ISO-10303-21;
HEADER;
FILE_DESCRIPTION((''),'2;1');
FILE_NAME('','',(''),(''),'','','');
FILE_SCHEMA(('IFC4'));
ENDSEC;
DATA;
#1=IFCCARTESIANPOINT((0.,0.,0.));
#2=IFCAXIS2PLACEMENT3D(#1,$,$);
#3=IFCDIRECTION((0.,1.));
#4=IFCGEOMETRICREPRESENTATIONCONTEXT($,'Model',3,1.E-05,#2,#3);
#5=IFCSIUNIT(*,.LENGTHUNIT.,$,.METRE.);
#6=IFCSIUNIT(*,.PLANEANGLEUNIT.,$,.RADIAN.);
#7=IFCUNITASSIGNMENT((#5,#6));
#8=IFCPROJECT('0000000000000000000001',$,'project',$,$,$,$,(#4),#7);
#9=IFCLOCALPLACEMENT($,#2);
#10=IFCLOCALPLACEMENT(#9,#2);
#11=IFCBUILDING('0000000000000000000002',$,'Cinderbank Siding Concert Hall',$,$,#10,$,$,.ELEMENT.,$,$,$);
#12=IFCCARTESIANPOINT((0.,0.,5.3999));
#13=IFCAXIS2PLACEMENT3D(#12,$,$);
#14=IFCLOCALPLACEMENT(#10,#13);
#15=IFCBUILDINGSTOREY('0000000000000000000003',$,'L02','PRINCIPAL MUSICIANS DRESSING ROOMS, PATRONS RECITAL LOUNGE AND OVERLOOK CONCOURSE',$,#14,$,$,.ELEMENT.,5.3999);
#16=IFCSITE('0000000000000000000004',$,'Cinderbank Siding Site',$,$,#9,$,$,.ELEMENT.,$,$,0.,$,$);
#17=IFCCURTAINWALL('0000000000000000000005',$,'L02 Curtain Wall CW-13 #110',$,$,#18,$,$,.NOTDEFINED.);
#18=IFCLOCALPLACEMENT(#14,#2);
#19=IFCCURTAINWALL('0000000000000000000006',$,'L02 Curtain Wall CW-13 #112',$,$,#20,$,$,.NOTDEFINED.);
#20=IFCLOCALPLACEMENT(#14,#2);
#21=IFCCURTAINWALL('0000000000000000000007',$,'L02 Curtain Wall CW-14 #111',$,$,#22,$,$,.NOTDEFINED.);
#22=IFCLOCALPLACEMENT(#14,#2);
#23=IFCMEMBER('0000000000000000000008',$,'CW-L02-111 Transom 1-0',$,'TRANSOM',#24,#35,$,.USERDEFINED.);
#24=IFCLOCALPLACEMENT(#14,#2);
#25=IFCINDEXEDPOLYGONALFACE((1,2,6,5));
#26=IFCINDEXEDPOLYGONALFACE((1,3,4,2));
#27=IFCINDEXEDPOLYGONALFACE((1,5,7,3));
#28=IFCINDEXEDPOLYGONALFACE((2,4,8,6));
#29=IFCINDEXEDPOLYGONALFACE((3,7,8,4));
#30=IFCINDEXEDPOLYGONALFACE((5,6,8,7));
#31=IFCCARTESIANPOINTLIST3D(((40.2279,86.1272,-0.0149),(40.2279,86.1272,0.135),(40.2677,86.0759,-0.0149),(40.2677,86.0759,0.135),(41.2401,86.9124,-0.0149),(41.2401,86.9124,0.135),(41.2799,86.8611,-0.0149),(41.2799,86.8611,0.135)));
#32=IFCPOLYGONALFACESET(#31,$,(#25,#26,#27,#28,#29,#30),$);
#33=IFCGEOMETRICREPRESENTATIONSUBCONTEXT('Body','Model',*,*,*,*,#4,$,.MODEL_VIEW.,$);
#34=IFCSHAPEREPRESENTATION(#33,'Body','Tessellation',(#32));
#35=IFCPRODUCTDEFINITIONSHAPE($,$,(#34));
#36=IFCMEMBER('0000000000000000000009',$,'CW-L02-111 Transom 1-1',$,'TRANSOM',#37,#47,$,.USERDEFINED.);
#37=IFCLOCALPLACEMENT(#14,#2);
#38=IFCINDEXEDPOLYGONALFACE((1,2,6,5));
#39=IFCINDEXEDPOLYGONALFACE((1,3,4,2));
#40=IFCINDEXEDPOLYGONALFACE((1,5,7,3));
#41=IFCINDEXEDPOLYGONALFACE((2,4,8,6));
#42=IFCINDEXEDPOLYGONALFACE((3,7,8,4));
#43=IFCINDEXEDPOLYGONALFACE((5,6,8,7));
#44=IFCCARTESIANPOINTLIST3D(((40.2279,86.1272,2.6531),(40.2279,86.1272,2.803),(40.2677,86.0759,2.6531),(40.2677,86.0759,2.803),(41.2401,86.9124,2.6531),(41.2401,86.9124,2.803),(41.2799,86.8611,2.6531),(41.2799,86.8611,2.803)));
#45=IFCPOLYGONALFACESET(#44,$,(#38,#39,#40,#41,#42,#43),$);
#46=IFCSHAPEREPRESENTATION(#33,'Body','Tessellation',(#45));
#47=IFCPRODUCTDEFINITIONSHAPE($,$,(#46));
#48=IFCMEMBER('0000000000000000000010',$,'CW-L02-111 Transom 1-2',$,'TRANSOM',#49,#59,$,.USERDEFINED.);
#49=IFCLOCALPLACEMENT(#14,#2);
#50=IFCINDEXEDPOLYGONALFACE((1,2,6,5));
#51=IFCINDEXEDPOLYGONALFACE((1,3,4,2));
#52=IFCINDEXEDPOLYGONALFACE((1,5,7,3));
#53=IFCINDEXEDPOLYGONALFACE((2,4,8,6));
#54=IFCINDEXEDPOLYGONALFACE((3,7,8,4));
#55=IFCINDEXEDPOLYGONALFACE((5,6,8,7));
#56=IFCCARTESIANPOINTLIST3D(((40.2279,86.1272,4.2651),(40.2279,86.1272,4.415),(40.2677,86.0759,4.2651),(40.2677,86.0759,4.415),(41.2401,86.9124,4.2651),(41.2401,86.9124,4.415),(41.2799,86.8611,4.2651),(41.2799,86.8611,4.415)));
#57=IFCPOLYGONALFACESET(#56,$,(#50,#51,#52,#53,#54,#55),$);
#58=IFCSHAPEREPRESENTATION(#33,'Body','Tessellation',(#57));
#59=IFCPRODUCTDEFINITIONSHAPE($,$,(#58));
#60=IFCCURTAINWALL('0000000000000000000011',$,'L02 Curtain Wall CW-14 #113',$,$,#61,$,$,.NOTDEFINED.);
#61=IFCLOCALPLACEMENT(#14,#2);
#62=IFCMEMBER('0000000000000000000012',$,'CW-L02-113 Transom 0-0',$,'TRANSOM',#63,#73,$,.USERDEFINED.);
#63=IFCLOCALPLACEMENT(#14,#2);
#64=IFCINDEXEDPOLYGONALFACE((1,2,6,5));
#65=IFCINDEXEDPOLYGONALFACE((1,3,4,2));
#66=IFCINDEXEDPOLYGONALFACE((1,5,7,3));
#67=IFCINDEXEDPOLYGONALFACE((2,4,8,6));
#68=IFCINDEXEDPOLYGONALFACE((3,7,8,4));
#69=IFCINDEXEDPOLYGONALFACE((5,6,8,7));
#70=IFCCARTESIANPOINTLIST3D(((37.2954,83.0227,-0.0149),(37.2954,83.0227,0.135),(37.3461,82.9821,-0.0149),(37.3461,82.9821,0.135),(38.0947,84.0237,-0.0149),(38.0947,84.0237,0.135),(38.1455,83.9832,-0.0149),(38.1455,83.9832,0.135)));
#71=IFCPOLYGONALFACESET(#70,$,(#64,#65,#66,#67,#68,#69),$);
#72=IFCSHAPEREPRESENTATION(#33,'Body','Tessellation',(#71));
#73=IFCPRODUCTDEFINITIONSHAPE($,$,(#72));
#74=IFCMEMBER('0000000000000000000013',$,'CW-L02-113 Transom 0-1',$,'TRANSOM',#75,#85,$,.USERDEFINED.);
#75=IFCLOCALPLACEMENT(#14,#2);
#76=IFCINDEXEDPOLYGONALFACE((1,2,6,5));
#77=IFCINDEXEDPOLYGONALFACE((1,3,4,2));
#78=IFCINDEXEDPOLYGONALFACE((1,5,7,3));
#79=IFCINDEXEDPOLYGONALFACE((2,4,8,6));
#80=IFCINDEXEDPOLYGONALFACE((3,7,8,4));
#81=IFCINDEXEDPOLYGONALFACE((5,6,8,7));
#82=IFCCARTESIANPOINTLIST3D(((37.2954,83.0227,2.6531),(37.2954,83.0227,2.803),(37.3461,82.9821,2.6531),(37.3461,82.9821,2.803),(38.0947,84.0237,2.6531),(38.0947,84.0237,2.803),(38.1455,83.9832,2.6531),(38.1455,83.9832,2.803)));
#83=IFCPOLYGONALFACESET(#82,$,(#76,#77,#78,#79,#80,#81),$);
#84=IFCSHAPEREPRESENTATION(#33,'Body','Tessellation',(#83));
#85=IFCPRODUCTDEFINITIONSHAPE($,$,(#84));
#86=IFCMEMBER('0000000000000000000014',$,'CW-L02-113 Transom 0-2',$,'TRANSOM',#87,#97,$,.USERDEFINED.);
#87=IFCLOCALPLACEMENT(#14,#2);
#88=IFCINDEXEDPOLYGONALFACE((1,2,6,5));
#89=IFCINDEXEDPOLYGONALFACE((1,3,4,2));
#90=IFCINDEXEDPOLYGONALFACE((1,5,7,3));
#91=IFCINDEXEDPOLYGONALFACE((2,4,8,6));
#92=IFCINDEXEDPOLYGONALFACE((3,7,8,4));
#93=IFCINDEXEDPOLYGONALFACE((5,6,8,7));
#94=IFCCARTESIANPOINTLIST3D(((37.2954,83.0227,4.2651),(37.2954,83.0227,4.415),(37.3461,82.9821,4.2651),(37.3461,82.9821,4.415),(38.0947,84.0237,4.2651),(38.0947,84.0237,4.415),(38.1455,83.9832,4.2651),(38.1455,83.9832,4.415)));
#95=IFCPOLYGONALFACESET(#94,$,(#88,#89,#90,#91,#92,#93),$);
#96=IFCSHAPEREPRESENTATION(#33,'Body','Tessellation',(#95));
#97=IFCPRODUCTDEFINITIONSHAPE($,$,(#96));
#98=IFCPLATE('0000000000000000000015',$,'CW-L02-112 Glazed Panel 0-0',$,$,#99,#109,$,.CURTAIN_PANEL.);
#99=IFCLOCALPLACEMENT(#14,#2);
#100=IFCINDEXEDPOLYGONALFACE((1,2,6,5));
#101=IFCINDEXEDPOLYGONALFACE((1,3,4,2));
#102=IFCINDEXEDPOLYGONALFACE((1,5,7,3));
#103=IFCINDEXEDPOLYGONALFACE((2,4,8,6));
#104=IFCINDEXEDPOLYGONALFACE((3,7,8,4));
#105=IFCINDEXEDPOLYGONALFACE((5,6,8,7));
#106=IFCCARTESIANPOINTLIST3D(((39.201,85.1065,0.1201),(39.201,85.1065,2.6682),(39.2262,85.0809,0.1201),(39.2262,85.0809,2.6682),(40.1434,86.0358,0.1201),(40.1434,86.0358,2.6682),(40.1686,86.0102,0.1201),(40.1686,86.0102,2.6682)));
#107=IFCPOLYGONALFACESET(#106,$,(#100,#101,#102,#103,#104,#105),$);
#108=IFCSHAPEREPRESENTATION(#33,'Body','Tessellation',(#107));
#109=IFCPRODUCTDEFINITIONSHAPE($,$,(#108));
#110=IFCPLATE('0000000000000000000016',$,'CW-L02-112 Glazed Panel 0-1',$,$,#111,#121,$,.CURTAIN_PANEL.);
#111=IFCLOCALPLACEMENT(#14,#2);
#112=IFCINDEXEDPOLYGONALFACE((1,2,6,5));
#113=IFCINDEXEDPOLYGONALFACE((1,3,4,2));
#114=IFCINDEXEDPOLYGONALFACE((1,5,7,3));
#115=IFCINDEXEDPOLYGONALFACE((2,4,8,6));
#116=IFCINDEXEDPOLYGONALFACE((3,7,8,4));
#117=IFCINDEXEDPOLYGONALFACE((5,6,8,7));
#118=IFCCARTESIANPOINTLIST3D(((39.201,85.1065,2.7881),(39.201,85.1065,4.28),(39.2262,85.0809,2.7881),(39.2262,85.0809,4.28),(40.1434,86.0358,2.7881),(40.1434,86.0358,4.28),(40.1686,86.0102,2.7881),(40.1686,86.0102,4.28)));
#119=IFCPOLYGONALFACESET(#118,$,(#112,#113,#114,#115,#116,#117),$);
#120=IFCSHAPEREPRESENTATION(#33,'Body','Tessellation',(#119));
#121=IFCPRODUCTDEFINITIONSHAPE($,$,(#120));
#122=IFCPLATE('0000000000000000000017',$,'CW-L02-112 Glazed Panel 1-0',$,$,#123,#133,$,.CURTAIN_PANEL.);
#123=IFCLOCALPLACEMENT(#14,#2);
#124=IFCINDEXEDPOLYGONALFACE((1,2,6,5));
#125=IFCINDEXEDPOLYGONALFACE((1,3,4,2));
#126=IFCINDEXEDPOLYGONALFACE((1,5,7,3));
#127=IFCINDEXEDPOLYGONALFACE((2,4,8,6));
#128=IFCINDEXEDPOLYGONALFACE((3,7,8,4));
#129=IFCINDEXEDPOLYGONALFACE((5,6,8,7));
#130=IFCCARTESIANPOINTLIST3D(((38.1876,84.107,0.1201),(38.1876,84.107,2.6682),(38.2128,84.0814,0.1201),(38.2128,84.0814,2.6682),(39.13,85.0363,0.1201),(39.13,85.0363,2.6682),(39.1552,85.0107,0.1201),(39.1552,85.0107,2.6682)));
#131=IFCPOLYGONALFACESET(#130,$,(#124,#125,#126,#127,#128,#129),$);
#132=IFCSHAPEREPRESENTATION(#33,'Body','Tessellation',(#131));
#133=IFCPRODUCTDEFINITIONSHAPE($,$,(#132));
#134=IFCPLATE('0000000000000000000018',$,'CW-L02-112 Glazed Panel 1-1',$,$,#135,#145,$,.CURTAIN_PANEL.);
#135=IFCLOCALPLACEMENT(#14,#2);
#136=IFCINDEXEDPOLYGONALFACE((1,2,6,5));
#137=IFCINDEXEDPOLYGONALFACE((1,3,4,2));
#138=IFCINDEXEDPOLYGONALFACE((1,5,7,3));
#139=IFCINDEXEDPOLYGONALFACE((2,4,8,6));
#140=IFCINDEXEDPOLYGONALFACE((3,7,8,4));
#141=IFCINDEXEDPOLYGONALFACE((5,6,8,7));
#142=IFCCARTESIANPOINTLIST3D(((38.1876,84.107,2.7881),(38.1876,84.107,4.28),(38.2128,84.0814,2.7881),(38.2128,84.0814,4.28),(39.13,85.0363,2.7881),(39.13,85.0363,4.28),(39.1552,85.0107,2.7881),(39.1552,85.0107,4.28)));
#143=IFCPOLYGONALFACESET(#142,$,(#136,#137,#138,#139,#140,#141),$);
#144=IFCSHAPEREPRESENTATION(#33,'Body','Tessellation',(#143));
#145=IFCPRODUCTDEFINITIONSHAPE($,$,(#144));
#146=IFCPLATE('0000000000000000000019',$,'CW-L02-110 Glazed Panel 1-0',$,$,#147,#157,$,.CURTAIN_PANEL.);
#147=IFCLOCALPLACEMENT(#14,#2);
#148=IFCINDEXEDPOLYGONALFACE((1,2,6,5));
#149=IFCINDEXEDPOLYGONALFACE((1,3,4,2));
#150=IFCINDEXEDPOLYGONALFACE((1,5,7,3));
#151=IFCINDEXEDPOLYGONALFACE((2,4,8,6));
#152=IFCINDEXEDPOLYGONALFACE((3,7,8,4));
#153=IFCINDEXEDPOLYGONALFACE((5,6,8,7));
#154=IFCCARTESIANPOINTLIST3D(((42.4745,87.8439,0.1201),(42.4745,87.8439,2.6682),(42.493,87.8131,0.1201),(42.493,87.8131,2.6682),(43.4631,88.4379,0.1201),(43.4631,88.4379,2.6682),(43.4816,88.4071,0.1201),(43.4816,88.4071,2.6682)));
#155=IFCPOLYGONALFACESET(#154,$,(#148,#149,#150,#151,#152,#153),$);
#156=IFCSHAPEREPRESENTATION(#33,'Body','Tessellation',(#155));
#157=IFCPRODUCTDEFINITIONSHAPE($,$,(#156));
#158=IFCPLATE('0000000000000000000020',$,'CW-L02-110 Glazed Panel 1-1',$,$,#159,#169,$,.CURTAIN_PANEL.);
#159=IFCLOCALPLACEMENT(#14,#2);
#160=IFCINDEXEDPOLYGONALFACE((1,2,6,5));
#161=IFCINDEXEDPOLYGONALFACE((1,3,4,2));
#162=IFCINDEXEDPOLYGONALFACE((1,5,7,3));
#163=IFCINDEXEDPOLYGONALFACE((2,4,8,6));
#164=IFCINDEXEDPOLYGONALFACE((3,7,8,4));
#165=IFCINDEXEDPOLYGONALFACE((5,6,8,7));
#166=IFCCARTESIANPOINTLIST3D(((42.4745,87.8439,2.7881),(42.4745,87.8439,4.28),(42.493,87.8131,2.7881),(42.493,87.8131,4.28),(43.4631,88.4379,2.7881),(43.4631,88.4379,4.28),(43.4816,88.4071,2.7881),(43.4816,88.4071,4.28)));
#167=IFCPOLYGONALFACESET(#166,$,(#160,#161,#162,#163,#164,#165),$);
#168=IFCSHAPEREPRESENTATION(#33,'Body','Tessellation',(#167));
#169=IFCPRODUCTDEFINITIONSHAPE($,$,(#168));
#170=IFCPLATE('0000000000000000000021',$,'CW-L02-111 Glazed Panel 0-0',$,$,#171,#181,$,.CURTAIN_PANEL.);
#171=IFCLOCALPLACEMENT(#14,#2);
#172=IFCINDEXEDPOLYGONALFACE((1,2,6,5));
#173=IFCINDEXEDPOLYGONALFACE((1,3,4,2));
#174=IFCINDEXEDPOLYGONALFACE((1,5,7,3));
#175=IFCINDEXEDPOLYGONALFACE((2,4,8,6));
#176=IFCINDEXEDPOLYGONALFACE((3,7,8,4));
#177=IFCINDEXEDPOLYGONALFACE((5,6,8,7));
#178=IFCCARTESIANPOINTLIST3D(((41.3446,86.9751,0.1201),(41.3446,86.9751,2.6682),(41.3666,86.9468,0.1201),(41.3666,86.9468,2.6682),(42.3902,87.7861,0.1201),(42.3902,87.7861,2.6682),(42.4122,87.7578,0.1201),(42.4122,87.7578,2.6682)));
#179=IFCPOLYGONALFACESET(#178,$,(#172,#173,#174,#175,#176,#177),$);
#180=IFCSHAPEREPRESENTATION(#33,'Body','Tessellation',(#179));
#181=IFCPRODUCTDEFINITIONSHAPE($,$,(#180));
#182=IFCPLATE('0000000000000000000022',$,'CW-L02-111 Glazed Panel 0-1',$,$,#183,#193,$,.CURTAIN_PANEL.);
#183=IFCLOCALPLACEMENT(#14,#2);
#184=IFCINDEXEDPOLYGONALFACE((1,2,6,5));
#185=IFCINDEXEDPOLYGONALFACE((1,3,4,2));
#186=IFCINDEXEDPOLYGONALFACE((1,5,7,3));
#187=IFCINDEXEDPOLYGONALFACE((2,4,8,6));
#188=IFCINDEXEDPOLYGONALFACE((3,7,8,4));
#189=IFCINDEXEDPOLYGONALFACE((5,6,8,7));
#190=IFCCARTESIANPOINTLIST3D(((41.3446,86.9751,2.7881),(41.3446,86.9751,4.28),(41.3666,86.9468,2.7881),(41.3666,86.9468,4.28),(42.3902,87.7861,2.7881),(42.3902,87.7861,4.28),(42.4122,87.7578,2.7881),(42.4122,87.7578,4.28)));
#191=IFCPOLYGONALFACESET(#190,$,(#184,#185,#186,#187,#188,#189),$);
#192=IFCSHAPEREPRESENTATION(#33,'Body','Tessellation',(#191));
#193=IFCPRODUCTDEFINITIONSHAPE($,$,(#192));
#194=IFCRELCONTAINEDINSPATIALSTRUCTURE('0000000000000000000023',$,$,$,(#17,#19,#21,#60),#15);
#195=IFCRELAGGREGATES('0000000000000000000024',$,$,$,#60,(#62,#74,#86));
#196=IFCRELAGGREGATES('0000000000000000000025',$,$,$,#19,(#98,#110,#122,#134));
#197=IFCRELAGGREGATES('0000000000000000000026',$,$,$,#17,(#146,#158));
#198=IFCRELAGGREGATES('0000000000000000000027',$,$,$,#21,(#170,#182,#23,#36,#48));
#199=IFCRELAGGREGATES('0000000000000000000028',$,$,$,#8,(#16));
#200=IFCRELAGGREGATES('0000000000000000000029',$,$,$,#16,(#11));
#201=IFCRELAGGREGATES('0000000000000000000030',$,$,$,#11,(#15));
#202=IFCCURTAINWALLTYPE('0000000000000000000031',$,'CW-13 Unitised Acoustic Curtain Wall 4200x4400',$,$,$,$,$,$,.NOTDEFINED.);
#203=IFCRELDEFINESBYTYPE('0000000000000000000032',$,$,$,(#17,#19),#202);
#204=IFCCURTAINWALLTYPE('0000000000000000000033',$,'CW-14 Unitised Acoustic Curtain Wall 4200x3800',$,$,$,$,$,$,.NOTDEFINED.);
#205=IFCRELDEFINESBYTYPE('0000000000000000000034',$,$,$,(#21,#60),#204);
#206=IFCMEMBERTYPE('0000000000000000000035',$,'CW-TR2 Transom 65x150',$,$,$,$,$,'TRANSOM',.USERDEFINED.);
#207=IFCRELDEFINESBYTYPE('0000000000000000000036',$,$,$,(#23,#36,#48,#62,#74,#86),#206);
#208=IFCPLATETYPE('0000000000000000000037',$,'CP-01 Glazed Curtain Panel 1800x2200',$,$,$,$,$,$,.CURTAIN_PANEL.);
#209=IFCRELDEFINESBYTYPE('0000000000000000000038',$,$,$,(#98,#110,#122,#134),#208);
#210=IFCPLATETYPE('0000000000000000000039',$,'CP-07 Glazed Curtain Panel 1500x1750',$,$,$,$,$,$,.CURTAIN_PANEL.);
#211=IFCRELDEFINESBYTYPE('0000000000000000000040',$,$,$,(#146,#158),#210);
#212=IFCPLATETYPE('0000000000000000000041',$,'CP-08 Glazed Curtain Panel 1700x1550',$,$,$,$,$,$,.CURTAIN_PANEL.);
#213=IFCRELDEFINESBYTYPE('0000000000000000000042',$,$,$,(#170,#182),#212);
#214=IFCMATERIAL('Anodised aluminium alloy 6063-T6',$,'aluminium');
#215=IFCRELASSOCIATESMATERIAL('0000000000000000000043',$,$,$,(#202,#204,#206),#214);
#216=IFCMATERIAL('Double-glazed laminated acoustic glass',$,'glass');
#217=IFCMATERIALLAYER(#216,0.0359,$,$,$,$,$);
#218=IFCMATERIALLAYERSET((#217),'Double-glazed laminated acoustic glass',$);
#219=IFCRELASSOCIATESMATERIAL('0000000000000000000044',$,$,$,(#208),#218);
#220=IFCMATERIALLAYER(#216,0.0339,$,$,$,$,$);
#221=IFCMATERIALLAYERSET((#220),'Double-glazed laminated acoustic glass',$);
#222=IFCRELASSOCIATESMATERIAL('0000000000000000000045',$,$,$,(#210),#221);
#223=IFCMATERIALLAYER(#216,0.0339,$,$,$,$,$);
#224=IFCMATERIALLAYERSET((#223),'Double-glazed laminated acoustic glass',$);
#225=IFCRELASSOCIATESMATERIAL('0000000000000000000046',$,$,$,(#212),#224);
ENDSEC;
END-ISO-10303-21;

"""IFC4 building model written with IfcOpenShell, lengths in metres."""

from ifc_helpers import new_model, si_unit, direction, frame, origin, origin_2d, place, context, subcontext, project, spatial, rectangle, extrude, material, layer, layer_set, material_profile, profile_set, type_object, element, aggregate, save


model = new_model("IFC4")

# Units and contexts
model_context = context("Model", 3, precision=1e-05, world=origin(), true_north=direction((0.0, 1.0)))
body_context = subcontext(model_context, "Body", "Model", "MODEL_VIEW")
ifc_project = project(units=[si_unit("LENGTHUNIT", "METRE"), si_unit("PLANEANGLEUNIT", "RADIAN")], contexts=[model_context])

# Site, building, storey
site_placement = place(None, origin())
site = spatial("IfcSite", under=ifc_project, at=site_placement, Name="Cinderbank Siding Site", CompositionType="ELEMENT", RefElevation=0.0)
building_placement = place(site_placement, origin())
building = spatial("IfcBuilding", under=site, at=building_placement, Name="Cinderbank Siding Concert Hall", CompositionType="ELEMENT")
storey_placement = place(building_placement, frame((0.0, 0.0, 5.3999)))
storey = spatial("IfcBuildingStorey", under=building, at=storey_placement, Name="L02", Description="PRINCIPAL MUSICIANS DRESSING ROOMS, PATRONS RECITAL LOUNGE AND OVERLOOK CONCOURSE", CompositionType="ELEMENT", Elevation=5.3999)

# Curtain wall
ifc_material_1 = material(Name="Anodised aluminium alloy 6063-T6", Category="aluminium")
curtain_wall_type_1 = type_object("IfcCurtainWallType", Name="CW-13 Unitised Acoustic Curtain Wall 4200x4400", PredefinedType="NOTDEFINED", material=ifc_material_1)
curtain_wall_1_placement = place(storey_placement, origin())
curtain_wall_1 = element("IfcCurtainWall", 1, at=curtain_wall_1_placement, inside=storey, type_object=curtain_wall_type_1, Name="L02 Curtain Wall CW-13 #110", PredefinedType="NOTDEFINED")

# Curtain walls
curtain_wall_2_placement = place(storey_placement, origin())
curtain_wall_2 = element("IfcCurtainWall", 2, at=curtain_wall_2_placement, inside=storey, type_object=curtain_wall_type_1, Name="L02 Curtain Wall CW-13 #112", PredefinedType="NOTDEFINED")
curtain_wall_type_2 = type_object("IfcCurtainWallType", Name="CW-14 Unitised Acoustic Curtain Wall 4200x3800", PredefinedType="NOTDEFINED", material=ifc_material_1)
curtain_wall_3_placement = place(storey_placement, origin())
curtain_wall_3 = element("IfcCurtainWall", 3, at=curtain_wall_3_placement, inside=storey, type_object=curtain_wall_type_2, Name="L02 Curtain Wall CW-14 #111", PredefinedType="NOTDEFINED")

# Members
ifc_material_profile_1 = material_profile(ifc_material_1, rectangle(XDim=0.0649, YDim=0.1499, at=origin_2d()), Name="ALU-TRAN-65x150", Category="LoadBearing")
ifc_profile_set_1 = profile_set([ifc_material_profile_1], Name="Anodised aluminium alloy 6063-T6")
member_type_1 = type_object("IfcMemberType", Name="CW-TR2 Transom 65x150", ElementType="TRANSOM", PredefinedType="USERDEFINED", material=ifc_profile_set_1)
member_1_placement = place(storey_placement, frame((41.26, 86.8867, 0.0601), z_axis=(-0.790152, -0.612911, 0.0), x_axis=(0.612911, -0.790152, 0.0)))
member_1 = element("IfcMember", 4, at=member_1_placement, type_object=member_type_1, Name="CW-L02-111 Transom 1-0", ObjectType="TRANSOM", PredefinedType="USERDEFINED", context=body_context, shape_type="SweptSolid", body=[
    extrude(rectangle(XDim=0.0649, YDim=0.1499, at=origin_2d()), origin(), (0.0, 0.0, 1.0), 1.281),
])
member_2_placement = place(storey_placement, frame((41.26, 86.8867, 2.728), z_axis=(-0.790152, -0.612911, 0.0), x_axis=(0.612911, -0.790152, 0.0)))
member_2 = element("IfcMember", 5, at=member_2_placement, type_object=member_type_1, Name="CW-L02-111 Transom 1-1", ObjectType="TRANSOM", PredefinedType="USERDEFINED", context=body_context, shape_type="SweptSolid", body=[
    extrude(rectangle(XDim=0.0649, YDim=0.1499, at=origin_2d()), origin(), (0.0, 0.0, 1.0), 1.281),
])
member_3_placement = place(storey_placement, frame((41.26, 86.8867, 4.3401), z_axis=(-0.790152, -0.612911, 0.0), x_axis=(0.612911, -0.790152, 0.0)))
member_3 = element("IfcMember", 6, at=member_3_placement, type_object=member_type_1, Name="CW-L02-111 Transom 1-2", ObjectType="TRANSOM", PredefinedType="USERDEFINED", context=body_context, shape_type="SweptSolid", body=[
    extrude(rectangle(XDim=0.0649, YDim=0.1499, at=origin_2d()), origin(), (0.0, 0.0, 1.0), 1.281),
])

# Curtain wall, members
curtain_wall_4_placement = place(storey_placement, origin())
curtain_wall_4 = element("IfcCurtainWall", 7, at=curtain_wall_4_placement, inside=storey, type_object=curtain_wall_type_2, Name="L02 Curtain Wall CW-14 #113", PredefinedType="NOTDEFINED")
member_4_placement = place(storey_placement, frame((38.1201, 84.0034, 0.0601), z_axis=(-0.623998, -0.781426, 0.0), x_axis=(0.781426, -0.623998, 0.0)))
member_4 = element("IfcMember", 8, at=member_4_placement, type_object=member_type_1, Name="CW-L02-113 Transom 0-0", ObjectType="TRANSOM", PredefinedType="USERDEFINED", context=body_context, shape_type="SweptSolid", body=[
    extrude(rectangle(XDim=0.0649, YDim=0.1499, at=origin_2d()), origin(), (0.0, 0.0, 1.0), 1.281),
])
member_5_placement = place(storey_placement, frame((38.1201, 84.0034, 2.728), z_axis=(-0.623998, -0.781426, 0.0), x_axis=(0.781426, -0.623998, 0.0)))
member_5 = element("IfcMember", 9, at=member_5_placement, type_object=member_type_1, Name="CW-L02-113 Transom 0-1", ObjectType="TRANSOM", PredefinedType="USERDEFINED", context=body_context, shape_type="SweptSolid", body=[
    extrude(rectangle(XDim=0.0649, YDim=0.1499, at=origin_2d()), origin(), (0.0, 0.0, 1.0), 1.281),
])
member_6_placement = place(storey_placement, frame((38.1201, 84.0034, 4.3401), z_axis=(-0.623998, -0.781426, 0.0), x_axis=(0.781426, -0.623998, 0.0)))
member_6 = element("IfcMember", 10, at=member_6_placement, type_object=member_type_1, Name="CW-L02-113 Transom 0-2", ObjectType="TRANSOM", PredefinedType="USERDEFINED", context=body_context, shape_type="SweptSolid", body=[
    extrude(rectangle(XDim=0.0649, YDim=0.1499, at=origin_2d()), origin(), (0.0, 0.0, 1.0), 1.281),
])
aggregate(curtain_wall_4, [member_4, member_5, member_6])

# Plates
ifc_material_2 = material(Name="Double-glazed laminated acoustic glass", Category="glass")
ifc_layer_1 = layer(ifc_material_2, 0.0359)
ifc_layer_set_1 = layer_set([ifc_layer_1], Name="Double-glazed laminated acoustic glass")
plate_type_1 = type_object("IfcPlateType", Name="CP-01 Glazed Curtain Panel 1800x2200", PredefinedType="CURTAIN_PANEL", material=ifc_layer_set_1)
plate_1_placement = place(storey_placement, frame((39.6848, 85.5583, 0.1201), z_axis=(0.0, 0.0, 1.0), x_axis=(-0.712025, -0.702154, 0.0)))
plate_1 = element("IfcPlate", 11, at=plate_1_placement, type_object=plate_type_1, Name="CW-L02-112 Glazed Panel 0-0", PredefinedType="CURTAIN_PANEL", context=body_context, shape_type="SweptSolid", body=[
    extrude(rectangle(XDim=1.3235, YDim=0.0359, at=origin_2d()), origin(), (0.0, 0.0, 1.0), 2.5481),
])
plate_2_placement = place(storey_placement, frame((39.6848, 85.5583, 2.7881), z_axis=(0.0, 0.0, 1.0), x_axis=(-0.712025, -0.702154, 0.0)))
plate_2 = element("IfcPlate", 12, at=plate_2_placement, type_object=plate_type_1, Name="CW-L02-112 Glazed Panel 0-1", PredefinedType="CURTAIN_PANEL", context=body_context, shape_type="SweptSolid", body=[
    extrude(rectangle(XDim=1.3235, YDim=0.0359, at=origin_2d()), origin(), (0.0, 0.0, 1.0), 1.4919),
])
plate_3_placement = place(storey_placement, frame((38.6714, 84.5588, 0.1201), z_axis=(0.0, 0.0, 1.0), x_axis=(-0.712025, -0.702154, 0.0)))
plate_3 = element("IfcPlate", 13, at=plate_3_placement, type_object=plate_type_1, Name="CW-L02-112 Glazed Panel 1-0", PredefinedType="CURTAIN_PANEL", context=body_context, shape_type="SweptSolid", body=[
    extrude(rectangle(XDim=1.3235, YDim=0.0359, at=origin_2d()), origin(), (0.0, 0.0, 1.0), 2.5481),
])
plate_4_placement = place(storey_placement, frame((38.6714, 84.5588, 2.7881), z_axis=(0.0, 0.0, 1.0), x_axis=(-0.712025, -0.702154, 0.0)))
plate_4 = element("IfcPlate", 14, at=plate_4_placement, type_object=plate_type_1, Name="CW-L02-112 Glazed Panel 1-1", PredefinedType="CURTAIN_PANEL", context=body_context, shape_type="SweptSolid", body=[
    extrude(rectangle(XDim=1.3235, YDim=0.0359, at=origin_2d()), origin(), (0.0, 0.0, 1.0), 1.4919),
])
aggregate(curtain_wall_2, [plate_1, plate_2, plate_3, plate_4])
ifc_layer_2 = layer(ifc_material_2, 0.0339)
ifc_layer_set_2 = layer_set([ifc_layer_2], Name="Double-glazed laminated acoustic glass")
plate_type_2 = type_object("IfcPlateType", Name="CP-07 Glazed Curtain Panel 1500x1750", PredefinedType="CURTAIN_PANEL", material=ifc_layer_set_2)
plate_5_placement = place(storey_placement, frame((42.978, 88.1255, 0.1201), z_axis=(0.0, 0.0, 1.0), x_axis=(-0.857161, -0.515048, 0.0)))
plate_5 = element("IfcPlate", 15, at=plate_5_placement, type_object=plate_type_2, Name="CW-L02-110 Glazed Panel 1-0", PredefinedType="CURTAIN_PANEL", context=body_context, shape_type="SweptSolid", body=[
    extrude(rectangle(XDim=1.1533, YDim=0.0359, at=origin_2d()), origin(), (0.0, 0.0, 1.0), 2.5481),
])
plate_6_placement = place(storey_placement, frame((42.978, 88.1255, 2.7881), z_axis=(0.0, 0.0, 1.0), x_axis=(-0.857161, -0.515048, 0.0)))
plate_6 = element("IfcPlate", 16, at=plate_6_placement, type_object=plate_type_2, Name="CW-L02-110 Glazed Panel 1-1", PredefinedType="CURTAIN_PANEL", context=body_context, shape_type="SweptSolid", body=[
    extrude(rectangle(XDim=1.1533, YDim=0.0359, at=origin_2d()), origin(), (0.0, 0.0, 1.0), 1.4919),
])
aggregate(curtain_wall_1, [plate_5, plate_6])
ifc_layer_3 = layer(ifc_material_2, 0.0339)
ifc_layer_set_3 = layer_set([ifc_layer_3], Name="Double-glazed laminated acoustic glass")
plate_type_3 = type_object("IfcPlateType", Name="CP-08 Glazed Curtain Panel 1700x1550", PredefinedType="CURTAIN_PANEL", material=ifc_layer_set_3)
plate_7_placement = place(storey_placement, frame((41.8784, 87.3665, 0.1201), z_axis=(0.0, 0.0, 1.0), x_axis=(-0.790161, -0.612899, 0.0)))
plate_7 = element("IfcPlate", 17, at=plate_7_placement, type_object=plate_type_3, Name="CW-L02-111 Glazed Panel 0-0", PredefinedType="CURTAIN_PANEL", context=body_context, shape_type="SweptSolid", body=[
    extrude(rectangle(XDim=1.3232, YDim=0.0359, at=origin_2d()), origin(), (0.0, 0.0, 1.0), 2.5481),
])
plate_8_placement = place(storey_placement, frame((41.8784, 87.3665, 2.7881), z_axis=(0.0, 0.0, 1.0), x_axis=(-0.790161, -0.612899, 0.0)))
plate_8 = element("IfcPlate", 18, at=plate_8_placement, type_object=plate_type_3, Name="CW-L02-111 Glazed Panel 0-1", PredefinedType="CURTAIN_PANEL", context=body_context, shape_type="SweptSolid", body=[
    extrude(rectangle(XDim=1.3232, YDim=0.0359, at=origin_2d()), origin(), (0.0, 0.0, 1.0), 1.4919),
])
aggregate(curtain_wall_3, [plate_7, plate_8, member_1, member_2, member_3])

save(model, "model.ifc")
